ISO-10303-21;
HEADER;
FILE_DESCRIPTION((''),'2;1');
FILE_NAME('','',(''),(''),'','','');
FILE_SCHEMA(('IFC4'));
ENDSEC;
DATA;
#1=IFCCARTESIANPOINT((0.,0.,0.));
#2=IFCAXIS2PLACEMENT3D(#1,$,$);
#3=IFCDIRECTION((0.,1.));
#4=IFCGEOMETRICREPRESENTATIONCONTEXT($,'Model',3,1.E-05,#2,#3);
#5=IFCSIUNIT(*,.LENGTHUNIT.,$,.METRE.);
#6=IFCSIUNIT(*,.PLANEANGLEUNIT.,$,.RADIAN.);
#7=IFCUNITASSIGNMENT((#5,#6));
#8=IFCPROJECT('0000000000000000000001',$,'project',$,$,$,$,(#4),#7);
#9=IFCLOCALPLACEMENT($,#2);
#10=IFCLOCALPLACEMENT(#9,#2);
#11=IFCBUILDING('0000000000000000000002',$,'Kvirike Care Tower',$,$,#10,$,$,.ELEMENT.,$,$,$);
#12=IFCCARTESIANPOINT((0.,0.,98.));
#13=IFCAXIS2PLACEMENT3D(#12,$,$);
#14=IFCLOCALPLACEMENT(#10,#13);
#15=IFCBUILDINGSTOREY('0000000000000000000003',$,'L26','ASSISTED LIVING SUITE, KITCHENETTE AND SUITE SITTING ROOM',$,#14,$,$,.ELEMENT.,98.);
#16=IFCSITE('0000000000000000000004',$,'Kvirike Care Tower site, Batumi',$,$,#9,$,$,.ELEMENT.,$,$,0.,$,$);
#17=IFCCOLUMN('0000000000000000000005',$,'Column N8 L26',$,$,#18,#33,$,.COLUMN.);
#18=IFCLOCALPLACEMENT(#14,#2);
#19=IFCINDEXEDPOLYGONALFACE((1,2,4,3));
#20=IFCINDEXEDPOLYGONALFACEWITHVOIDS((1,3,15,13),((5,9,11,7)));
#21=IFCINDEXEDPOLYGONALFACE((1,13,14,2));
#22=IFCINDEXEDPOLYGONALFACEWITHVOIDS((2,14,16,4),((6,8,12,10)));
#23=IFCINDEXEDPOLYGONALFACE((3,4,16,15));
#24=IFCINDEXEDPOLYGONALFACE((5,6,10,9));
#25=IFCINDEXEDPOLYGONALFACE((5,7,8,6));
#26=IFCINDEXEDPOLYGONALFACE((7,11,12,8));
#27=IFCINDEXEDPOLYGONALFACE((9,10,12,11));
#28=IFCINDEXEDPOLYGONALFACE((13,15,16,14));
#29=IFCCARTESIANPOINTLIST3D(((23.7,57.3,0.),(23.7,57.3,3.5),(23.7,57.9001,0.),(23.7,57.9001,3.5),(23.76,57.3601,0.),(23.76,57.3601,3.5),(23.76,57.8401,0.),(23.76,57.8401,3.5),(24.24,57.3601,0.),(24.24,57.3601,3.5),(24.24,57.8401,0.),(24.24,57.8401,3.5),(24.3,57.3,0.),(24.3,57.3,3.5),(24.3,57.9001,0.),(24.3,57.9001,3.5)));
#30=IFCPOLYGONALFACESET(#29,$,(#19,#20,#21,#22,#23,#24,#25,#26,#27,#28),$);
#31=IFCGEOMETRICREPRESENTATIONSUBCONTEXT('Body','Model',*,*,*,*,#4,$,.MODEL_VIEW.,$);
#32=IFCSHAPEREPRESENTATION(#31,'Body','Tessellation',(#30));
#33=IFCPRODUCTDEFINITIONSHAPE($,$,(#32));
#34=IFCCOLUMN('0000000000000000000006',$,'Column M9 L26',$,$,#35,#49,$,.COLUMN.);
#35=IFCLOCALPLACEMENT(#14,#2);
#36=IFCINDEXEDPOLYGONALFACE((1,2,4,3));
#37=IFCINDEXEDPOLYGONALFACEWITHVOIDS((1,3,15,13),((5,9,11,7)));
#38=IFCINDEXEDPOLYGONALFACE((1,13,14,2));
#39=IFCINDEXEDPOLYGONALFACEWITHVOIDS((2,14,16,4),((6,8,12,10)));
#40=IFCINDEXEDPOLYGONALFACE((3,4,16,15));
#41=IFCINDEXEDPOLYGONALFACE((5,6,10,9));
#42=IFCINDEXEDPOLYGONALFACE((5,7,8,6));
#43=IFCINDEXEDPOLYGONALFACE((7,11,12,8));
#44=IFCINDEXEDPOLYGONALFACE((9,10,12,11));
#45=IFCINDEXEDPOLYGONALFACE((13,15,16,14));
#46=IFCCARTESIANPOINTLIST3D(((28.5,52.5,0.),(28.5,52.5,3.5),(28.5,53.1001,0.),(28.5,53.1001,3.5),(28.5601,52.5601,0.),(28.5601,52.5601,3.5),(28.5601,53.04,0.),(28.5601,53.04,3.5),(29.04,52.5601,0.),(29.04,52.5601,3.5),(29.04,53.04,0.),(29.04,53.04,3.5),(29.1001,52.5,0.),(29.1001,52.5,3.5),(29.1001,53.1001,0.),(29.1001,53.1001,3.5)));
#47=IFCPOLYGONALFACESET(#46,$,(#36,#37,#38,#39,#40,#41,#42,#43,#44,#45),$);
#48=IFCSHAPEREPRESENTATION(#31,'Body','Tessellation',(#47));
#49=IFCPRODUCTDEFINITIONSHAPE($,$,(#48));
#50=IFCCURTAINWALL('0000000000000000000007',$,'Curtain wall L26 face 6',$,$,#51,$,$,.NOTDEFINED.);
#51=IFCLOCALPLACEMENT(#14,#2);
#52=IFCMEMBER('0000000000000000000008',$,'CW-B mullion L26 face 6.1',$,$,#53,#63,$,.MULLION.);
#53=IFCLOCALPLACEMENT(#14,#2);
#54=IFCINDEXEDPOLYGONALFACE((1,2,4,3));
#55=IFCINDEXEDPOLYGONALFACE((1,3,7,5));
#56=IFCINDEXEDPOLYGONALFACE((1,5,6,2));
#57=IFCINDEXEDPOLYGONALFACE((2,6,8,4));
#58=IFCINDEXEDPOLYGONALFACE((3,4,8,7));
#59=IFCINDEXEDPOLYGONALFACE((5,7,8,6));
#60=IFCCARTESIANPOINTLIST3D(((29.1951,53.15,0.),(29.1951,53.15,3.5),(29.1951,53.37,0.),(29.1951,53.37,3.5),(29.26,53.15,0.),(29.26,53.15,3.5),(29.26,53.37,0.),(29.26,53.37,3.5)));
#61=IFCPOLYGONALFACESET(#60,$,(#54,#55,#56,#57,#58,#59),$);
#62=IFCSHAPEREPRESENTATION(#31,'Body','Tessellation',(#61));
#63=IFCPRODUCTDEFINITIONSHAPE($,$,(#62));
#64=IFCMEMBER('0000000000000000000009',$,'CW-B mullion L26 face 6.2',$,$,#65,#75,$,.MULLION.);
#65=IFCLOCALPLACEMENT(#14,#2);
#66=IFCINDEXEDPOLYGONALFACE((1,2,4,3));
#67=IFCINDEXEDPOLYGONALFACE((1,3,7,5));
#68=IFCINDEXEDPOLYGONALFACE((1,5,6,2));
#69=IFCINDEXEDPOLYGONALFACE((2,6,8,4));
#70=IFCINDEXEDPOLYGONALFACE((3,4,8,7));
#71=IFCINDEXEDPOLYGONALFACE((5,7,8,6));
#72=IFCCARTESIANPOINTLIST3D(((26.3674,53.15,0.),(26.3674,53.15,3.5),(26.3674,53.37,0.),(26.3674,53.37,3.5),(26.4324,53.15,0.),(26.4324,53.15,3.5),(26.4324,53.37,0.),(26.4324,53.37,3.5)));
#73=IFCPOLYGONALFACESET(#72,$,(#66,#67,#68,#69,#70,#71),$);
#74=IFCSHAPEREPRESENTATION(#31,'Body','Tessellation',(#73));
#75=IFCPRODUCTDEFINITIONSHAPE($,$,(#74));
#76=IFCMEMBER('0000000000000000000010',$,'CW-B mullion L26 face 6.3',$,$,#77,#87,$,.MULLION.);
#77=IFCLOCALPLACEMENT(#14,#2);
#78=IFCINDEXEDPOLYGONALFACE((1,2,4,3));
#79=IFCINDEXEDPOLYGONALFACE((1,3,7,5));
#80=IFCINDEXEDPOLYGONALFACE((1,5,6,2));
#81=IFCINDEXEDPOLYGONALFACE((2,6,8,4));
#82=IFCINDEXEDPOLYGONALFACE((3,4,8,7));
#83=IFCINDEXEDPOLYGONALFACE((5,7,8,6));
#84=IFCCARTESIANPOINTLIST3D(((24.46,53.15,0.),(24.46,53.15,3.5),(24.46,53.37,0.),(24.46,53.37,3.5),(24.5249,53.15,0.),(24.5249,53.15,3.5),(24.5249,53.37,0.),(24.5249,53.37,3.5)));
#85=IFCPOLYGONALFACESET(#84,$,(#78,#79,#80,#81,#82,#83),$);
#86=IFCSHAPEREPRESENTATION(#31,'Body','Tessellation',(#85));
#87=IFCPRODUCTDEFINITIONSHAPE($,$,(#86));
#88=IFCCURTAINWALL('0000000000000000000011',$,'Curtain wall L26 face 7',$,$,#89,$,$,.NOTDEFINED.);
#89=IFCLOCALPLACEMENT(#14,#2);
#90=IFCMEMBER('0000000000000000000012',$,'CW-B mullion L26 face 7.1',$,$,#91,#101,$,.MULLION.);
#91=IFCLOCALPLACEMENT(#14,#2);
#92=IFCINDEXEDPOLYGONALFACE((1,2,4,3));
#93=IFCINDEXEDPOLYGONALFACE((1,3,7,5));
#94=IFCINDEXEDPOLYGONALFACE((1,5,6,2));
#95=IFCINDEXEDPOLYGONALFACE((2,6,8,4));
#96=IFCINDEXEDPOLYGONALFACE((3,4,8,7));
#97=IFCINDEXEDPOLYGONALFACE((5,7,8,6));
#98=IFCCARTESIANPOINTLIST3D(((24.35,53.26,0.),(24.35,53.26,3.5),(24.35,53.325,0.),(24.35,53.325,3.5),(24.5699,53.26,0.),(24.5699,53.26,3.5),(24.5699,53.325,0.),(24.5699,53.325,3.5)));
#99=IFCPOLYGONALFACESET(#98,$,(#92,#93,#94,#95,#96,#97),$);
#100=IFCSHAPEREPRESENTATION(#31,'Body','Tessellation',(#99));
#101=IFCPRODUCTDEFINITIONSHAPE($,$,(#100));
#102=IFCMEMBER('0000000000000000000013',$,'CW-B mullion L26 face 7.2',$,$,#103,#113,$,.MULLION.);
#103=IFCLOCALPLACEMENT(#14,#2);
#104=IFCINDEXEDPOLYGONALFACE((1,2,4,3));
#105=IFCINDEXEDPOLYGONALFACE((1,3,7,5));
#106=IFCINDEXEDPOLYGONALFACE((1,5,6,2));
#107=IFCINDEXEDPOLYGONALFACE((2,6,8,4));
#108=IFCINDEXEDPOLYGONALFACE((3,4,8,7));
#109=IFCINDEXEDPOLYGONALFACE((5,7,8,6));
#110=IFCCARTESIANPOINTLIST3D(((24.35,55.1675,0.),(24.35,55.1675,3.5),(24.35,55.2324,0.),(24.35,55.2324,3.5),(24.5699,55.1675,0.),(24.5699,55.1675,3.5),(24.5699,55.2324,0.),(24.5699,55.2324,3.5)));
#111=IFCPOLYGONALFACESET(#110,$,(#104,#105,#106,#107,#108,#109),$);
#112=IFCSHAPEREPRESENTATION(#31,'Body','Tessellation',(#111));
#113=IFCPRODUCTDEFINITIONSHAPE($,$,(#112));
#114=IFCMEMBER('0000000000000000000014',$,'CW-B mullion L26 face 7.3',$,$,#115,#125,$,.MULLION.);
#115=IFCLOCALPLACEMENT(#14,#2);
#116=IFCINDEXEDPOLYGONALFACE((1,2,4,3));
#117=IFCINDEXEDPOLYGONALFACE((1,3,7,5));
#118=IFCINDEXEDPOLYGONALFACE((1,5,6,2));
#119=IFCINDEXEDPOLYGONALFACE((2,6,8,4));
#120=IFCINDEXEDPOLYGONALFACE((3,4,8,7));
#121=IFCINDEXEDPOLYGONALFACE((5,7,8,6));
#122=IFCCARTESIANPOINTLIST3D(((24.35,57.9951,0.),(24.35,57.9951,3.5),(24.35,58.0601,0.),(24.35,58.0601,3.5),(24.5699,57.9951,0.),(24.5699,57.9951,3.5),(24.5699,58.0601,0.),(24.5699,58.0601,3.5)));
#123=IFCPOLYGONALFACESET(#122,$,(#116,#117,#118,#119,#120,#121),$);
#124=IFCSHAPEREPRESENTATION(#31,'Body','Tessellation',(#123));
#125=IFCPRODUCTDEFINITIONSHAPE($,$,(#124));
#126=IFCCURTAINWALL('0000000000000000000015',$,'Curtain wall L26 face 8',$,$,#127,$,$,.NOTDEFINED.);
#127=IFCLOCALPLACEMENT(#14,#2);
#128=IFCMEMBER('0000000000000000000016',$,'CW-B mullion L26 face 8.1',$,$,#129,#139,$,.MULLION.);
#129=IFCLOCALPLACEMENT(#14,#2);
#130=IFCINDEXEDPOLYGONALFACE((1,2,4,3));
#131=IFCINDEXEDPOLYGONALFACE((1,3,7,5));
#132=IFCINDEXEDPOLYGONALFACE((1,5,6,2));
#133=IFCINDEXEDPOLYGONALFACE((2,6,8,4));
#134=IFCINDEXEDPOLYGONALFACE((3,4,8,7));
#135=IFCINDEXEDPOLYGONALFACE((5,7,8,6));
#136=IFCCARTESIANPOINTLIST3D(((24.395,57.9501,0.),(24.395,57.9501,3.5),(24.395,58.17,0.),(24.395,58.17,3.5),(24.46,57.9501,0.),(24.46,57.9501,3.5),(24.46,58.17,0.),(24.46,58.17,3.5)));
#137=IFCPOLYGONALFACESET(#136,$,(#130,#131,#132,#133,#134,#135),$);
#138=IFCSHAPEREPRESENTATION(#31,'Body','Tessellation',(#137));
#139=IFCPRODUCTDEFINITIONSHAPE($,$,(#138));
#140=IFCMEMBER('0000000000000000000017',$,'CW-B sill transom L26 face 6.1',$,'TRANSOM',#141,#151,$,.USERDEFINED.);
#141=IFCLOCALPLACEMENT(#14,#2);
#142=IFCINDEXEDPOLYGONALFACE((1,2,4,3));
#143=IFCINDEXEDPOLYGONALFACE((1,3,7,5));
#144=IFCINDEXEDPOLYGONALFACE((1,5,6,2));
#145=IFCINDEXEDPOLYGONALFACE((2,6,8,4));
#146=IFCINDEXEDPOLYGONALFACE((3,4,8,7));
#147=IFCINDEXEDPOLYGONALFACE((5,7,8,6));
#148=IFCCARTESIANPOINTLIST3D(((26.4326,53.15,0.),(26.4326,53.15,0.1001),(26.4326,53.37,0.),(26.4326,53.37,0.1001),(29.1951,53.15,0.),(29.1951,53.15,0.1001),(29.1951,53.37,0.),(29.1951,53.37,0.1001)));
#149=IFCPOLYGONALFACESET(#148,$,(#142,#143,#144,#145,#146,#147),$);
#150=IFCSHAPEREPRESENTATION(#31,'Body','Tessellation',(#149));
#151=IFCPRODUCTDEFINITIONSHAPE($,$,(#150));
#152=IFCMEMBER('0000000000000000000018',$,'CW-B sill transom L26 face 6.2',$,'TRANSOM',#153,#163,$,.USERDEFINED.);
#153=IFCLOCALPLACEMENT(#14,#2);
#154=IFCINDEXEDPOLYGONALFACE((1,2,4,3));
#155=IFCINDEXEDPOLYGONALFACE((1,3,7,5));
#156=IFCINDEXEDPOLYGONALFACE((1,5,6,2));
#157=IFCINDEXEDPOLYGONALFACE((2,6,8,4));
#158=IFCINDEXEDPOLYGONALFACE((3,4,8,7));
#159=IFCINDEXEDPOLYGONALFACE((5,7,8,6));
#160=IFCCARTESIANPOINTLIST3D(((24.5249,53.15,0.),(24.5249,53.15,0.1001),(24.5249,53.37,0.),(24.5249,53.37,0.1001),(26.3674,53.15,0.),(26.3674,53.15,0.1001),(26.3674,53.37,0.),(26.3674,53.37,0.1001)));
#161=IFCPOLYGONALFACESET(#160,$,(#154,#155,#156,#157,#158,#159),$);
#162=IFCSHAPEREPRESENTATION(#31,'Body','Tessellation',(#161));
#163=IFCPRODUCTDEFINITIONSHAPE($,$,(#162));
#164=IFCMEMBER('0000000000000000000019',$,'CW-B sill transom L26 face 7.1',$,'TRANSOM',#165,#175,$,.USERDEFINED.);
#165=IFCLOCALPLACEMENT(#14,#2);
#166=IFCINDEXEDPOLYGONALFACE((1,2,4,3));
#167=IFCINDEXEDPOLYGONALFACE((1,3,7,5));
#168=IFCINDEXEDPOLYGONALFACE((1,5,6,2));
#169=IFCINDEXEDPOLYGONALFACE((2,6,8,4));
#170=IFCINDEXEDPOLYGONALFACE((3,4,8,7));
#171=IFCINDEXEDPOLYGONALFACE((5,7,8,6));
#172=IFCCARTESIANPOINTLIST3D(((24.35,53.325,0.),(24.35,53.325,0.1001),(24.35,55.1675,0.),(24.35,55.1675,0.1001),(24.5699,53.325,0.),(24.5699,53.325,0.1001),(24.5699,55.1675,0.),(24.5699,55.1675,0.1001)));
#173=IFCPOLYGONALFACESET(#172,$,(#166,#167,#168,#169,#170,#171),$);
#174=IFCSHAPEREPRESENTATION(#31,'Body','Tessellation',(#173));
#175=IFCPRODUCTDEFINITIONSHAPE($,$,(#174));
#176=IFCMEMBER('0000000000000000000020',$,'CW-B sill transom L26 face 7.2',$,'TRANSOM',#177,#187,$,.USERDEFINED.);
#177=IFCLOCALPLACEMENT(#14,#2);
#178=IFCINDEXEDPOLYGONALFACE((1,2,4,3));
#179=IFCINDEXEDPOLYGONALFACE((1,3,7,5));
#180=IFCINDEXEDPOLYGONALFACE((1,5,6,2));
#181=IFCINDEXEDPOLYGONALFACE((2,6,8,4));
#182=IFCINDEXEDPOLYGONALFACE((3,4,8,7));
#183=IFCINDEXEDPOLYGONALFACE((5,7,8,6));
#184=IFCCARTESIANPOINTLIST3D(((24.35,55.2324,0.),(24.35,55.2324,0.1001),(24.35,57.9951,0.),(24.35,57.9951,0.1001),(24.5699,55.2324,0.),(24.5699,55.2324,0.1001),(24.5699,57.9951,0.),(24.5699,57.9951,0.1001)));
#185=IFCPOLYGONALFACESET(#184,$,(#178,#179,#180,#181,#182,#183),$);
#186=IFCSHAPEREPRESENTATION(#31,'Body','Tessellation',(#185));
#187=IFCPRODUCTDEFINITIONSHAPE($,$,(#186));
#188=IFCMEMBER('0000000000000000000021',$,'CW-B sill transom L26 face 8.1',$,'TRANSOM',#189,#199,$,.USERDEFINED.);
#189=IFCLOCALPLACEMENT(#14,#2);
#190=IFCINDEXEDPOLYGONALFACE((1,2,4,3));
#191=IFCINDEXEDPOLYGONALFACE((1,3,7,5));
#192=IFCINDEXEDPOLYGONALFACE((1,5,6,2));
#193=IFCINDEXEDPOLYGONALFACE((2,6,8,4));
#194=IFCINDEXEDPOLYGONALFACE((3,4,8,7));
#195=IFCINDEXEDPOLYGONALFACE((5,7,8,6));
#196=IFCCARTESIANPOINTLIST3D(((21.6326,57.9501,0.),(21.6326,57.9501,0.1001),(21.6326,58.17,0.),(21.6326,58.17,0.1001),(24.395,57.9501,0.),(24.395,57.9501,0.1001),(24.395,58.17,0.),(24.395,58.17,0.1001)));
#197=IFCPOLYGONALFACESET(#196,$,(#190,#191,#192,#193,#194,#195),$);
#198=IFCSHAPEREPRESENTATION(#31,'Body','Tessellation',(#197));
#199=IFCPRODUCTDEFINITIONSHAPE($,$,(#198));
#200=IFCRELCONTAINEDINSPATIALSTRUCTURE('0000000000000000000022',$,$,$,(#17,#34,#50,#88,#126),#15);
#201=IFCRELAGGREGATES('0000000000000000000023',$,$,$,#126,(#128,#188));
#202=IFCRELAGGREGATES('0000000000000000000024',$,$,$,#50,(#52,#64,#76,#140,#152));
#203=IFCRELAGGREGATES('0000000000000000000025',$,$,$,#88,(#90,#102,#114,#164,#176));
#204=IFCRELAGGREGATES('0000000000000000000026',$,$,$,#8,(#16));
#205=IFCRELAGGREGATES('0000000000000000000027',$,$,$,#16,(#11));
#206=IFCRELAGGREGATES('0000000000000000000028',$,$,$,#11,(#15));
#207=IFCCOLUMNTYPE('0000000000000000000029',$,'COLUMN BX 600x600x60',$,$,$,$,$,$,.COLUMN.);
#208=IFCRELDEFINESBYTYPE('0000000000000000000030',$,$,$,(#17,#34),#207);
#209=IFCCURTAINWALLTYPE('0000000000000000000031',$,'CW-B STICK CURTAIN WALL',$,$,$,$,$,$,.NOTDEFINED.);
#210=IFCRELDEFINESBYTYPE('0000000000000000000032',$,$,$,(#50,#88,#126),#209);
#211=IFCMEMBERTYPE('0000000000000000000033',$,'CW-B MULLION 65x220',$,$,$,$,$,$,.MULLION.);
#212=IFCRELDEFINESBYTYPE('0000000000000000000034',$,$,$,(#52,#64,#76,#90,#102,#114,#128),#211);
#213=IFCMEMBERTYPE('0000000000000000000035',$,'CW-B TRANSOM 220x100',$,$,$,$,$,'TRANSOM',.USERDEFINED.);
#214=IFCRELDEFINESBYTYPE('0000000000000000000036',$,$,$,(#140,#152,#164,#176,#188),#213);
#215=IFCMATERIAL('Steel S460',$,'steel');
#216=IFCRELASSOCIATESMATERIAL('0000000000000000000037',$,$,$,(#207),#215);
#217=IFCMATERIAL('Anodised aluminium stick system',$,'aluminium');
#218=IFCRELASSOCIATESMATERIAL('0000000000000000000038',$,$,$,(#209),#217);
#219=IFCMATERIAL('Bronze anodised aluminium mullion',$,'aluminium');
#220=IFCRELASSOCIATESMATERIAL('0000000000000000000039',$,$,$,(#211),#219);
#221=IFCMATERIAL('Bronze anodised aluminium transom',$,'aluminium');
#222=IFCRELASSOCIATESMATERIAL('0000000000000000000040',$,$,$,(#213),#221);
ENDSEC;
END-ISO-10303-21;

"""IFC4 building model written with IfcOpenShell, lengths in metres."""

from ifc_helpers import new_model, si_unit, direction, frame, origin, origin_2d, place, context, subcontext, project, spatial, rectangle, hollow_rectangle, extrude, material, material_profile, profile_set, type_object, element, aggregate, save


model = new_model("IFC4")

# Units and contexts
model_context = context("Model", 3, precision=1e-05, world=origin(), true_north=direction((0.0, 1.0)))
body_context = subcontext(model_context, "Body", "Model", "MODEL_VIEW")
ifc_project = project(units=[si_unit("LENGTHUNIT", "METRE"), si_unit("PLANEANGLEUNIT", "RADIAN")], contexts=[model_context])

# Site, building, storey
site_placement = place(None, origin())
site = spatial("IfcSite", under=ifc_project, at=site_placement, Name="Kvirike Care Tower site, Batumi", CompositionType="ELEMENT", RefElevation=0.0)
building_placement = place(site_placement, origin())
building = spatial("IfcBuilding", under=site, at=building_placement, Name="Kvirike Care Tower", CompositionType="ELEMENT")
storey_placement = place(building_placement, frame((0.0, 0.0, 98.0)))
storey = spatial("IfcBuildingStorey", under=building, at=storey_placement, Name="L26", Description="ASSISTED LIVING SUITE, KITCHENETTE AND SUITE SITTING ROOM", CompositionType="ELEMENT", Elevation=98.0)

# Columns
ifc_material_1 = material(Name="Steel S460", Category="steel")
ifc_material_profile_1 = material_profile(ifc_material_1, hollow_rectangle(XDim=0.6001, YDim=0.6001, WallThickness=0.0601, at=origin_2d()), Name="BX 600x600x60")
ifc_profile_set_1 = profile_set([ifc_material_profile_1], Name="Steel S460")
column_type = type_object("IfcColumnType", Name="COLUMN BX 600x600x60", PredefinedType="COLUMN", material=ifc_profile_set_1)
for number, where, z_axis, x_axis, name in (
    (1, (24.0, 57.6001, 0.0), (0.0, 0.0, 1.0), (0.0, 1.0, 0.0), "Column N8 L26"),
    (2, (28.8, 52.8, 0.0), (0.0, 0.0, 1.0), (0.0, 1.0, 0.0), "Column M9 L26"),
):
    element("IfcColumn", number, at=place(storey_placement, frame(where, z_axis=z_axis, x_axis=x_axis)), inside=storey, type_object=column_type, Name=name, PredefinedType="COLUMN", context=body_context, shape_type="SweptSolid", body=[
        extrude(hollow_rectangle(XDim=0.6001, YDim=0.6001, WallThickness=0.0601, at=origin_2d()), origin(), (0.0, 0.0, 1.0), 3.5),
    ])

# Curtain walls, members
ifc_material_2 = material(Name="Anodised aluminium stick system", Category="aluminium")
curtain_wall_type = type_object("IfcCurtainWallType", Name="CW-B STICK CURTAIN WALL", PredefinedType="NOTDEFINED", material=ifc_material_2)
curtain_wall_1_placement = place(storey_placement, origin())
curtain_wall_1 = element("IfcCurtainWall", 3, at=curtain_wall_1_placement, inside=storey, type_object=curtain_wall_type, Name="Curtain wall L26 face 6", PredefinedType="NOTDEFINED")
ifc_material_3 = material(Name="Bronze anodised aluminium mullion", Category="aluminium")
ifc_material_profile_2 = material_profile(ifc_material_3, rectangle(XDim=0.0649, YDim=0.22, at=origin_2d()), Name="CW-B MULLION 65x220")
ifc_profile_set_2 = profile_set([ifc_material_profile_2], Name="Bronze anodised aluminium mullion")
member_type_1 = type_object("IfcMemberType", Name="CW-B MULLION 65x220", PredefinedType="MULLION", material=ifc_profile_set_2)
member_1_placement = place(storey_placement, frame((29.2275, 53.26, 0.0), z_axis=(0.0, 0.0, 1.0), x_axis=(-1.0, 0.0, 0.0)))
member_1 = element("IfcMember", 4, at=member_1_placement, type_object=member_type_1, Name="CW-B mullion L26 face 6.1", PredefinedType="MULLION", context=body_context, shape_type="SweptSolid", body=[
    extrude(rectangle(XDim=0.0649, YDim=0.22, at=origin_2d()), origin(), (0.0, 0.0, 1.0), 3.5),
])
member_2_placement = place(storey_placement, frame((26.3999, 53.26, 0.0), z_axis=(0.0, 0.0, 1.0), x_axis=(-1.0, 0.0, 0.0)))
member_2 = element("IfcMember", 5, at=member_2_placement, type_object=member_type_1, Name="CW-B mullion L26 face 6.2", PredefinedType="MULLION", context=body_context, shape_type="SweptSolid", body=[
    extrude(rectangle(XDim=0.0649, YDim=0.22, at=origin_2d()), origin(), (0.0, 0.0, 1.0), 3.5),
])
member_3_placement = place(storey_placement, frame((24.4924, 53.26, 0.0), z_axis=(0.0, 0.0, 1.0), x_axis=(-1.0, 0.0, 0.0)))
member_3 = element("IfcMember", 6, at=member_3_placement, type_object=member_type_1, Name="CW-B mullion L26 face 6.3", PredefinedType="MULLION", context=body_context, shape_type="SweptSolid", body=[
    extrude(rectangle(XDim=0.0649, YDim=0.22, at=origin_2d()), origin(), (0.0, 0.0, 1.0), 3.5),
])
curtain_wall_2_placement = place(storey_placement, origin())
curtain_wall_2 = element("IfcCurtainWall", 7, at=curtain_wall_2_placement, inside=storey, type_object=curtain_wall_type, Name="Curtain wall L26 face 7", PredefinedType="NOTDEFINED")
member_4_placement = place(storey_placement, frame((24.46, 53.2925, 0.0), z_axis=(0.0, 0.0, 1.0), x_axis=(0.0, 1.0, 0.0)))
member_4 = element("IfcMember", 8, at=member_4_placement, type_object=member_type_1, Name="CW-B mullion L26 face 7.1", PredefinedType="MULLION", context=body_context, shape_type="SweptSolid", body=[
    extrude(rectangle(XDim=0.0649, YDim=0.22, at=origin_2d()), origin(), (0.0, 0.0, 1.0), 3.5),
])
member_5_placement = place(storey_placement, frame((24.46, 55.2, 0.0), z_axis=(0.0, 0.0, 1.0), x_axis=(0.0, 1.0, 0.0)))
member_5 = element("IfcMember", 9, at=member_5_placement, type_object=member_type_1, Name="CW-B mullion L26 face 7.2", PredefinedType="MULLION", context=body_context, shape_type="SweptSolid", body=[
    extrude(rectangle(XDim=0.0649, YDim=0.22, at=origin_2d()), origin(), (0.0, 0.0, 1.0), 3.5),
])
member_6_placement = place(storey_placement, frame((24.46, 58.0276, 0.0), z_axis=(0.0, 0.0, 1.0), x_axis=(0.0, 1.0, 0.0)))
member_6 = element("IfcMember", 10, at=member_6_placement, type_object=member_type_1, Name="CW-B mullion L26 face 7.3", PredefinedType="MULLION", context=body_context, shape_type="SweptSolid", body=[
    extrude(rectangle(XDim=0.0649, YDim=0.22, at=origin_2d()), origin(), (0.0, 0.0, 1.0), 3.5),
])

# Curtain wall, member
curtain_wall_3_placement = place(storey_placement, origin())
curtain_wall_3 = element("IfcCurtainWall", 11, at=curtain_wall_3_placement, inside=storey, type_object=curtain_wall_type, Name="Curtain wall L26 face 8", PredefinedType="NOTDEFINED")
member_7_placement = place(storey_placement, frame((24.4275, 58.0601, 0.0), z_axis=(0.0, 0.0, 1.0), x_axis=(-1.0, 0.0, 0.0)))
member_7 = element("IfcMember", 12, at=member_7_placement, type_object=member_type_1, Name="CW-B mullion L26 face 8.1", PredefinedType="MULLION", context=body_context, shape_type="SweptSolid", body=[
    extrude(rectangle(XDim=0.0649, YDim=0.22, at=origin_2d()), origin(), (0.0, 0.0, 1.0), 3.5),
])

# Members
ifc_material_4 = material(Name="Bronze anodised aluminium transom", Category="aluminium")
ifc_material_profile_3 = material_profile(ifc_material_4, rectangle(XDim=0.22, YDim=0.1001, at=origin_2d()), Name="CW-B TRANSOM 220x100")
ifc_profile_set_3 = profile_set([ifc_material_profile_3], Name="Bronze anodised aluminium transom")
member_type_2 = type_object("IfcMemberType", Name="CW-B TRANSOM 220x100", ElementType="TRANSOM", PredefinedType="USERDEFINED", material=ifc_profile_set_3)
member_8_placement = place(storey_placement, frame((29.1951, 53.26, 0.05), z_axis=(-1.0, 0.0, 0.0), x_axis=(0.0, -1.0, 0.0)))
member_8 = element("IfcMember", 13, at=member_8_placement, type_object=member_type_2, Name="CW-B sill transom L26 face 6.1", ObjectType="TRANSOM", PredefinedType="USERDEFINED", context=body_context, shape_type="SweptSolid", body=[
    extrude(rectangle(XDim=0.22, YDim=0.1001, at=origin_2d()), origin(), (0.0, 0.0, 1.0), 2.7625),
])
member_9_placement = place(storey_placement, frame((26.3674, 53.26, 0.05), z_axis=(-1.0, 0.0, 0.0), x_axis=(0.0, -1.0, 0.0)))
member_9 = element("IfcMember", 14, at=member_9_placement, type_object=member_type_2, Name="CW-B sill transom L26 face 6.2", ObjectType="TRANSOM", PredefinedType="USERDEFINED", context=body_context, shape_type="SweptSolid", body=[
    extrude(rectangle(XDim=0.22, YDim=0.1001, at=origin_2d()), origin(), (0.0, 0.0, 1.0), 1.8425),
])
member_10_placement = place(storey_placement, frame((24.46, 53.325, 0.05), z_axis=(0.0, 1.0, 0.0), x_axis=(-1.0, 0.0, 0.0)))
member_10 = element("IfcMember", 15, at=member_10_placement, type_object=member_type_2, Name="CW-B sill transom L26 face 7.1", ObjectType="TRANSOM", PredefinedType="USERDEFINED", context=body_context, shape_type="SweptSolid", body=[
    extrude(rectangle(XDim=0.22, YDim=0.1001, at=origin_2d()), origin(), (0.0, 0.0, 1.0), 1.8425),
])
member_11_placement = place(storey_placement, frame((24.46, 55.2324, 0.05), z_axis=(0.0, 1.0, 0.0), x_axis=(-1.0, 0.0, 0.0)))
member_11 = element("IfcMember", 16, at=member_11_placement, type_object=member_type_2, Name="CW-B sill transom L26 face 7.2", ObjectType="TRANSOM", PredefinedType="USERDEFINED", context=body_context, shape_type="SweptSolid", body=[
    extrude(rectangle(XDim=0.22, YDim=0.1001, at=origin_2d()), origin(), (0.0, 0.0, 1.0), 2.7627),
])
member_12_placement = place(storey_placement, frame((24.395, 58.0601, 0.05), z_axis=(-1.0, 0.0, 0.0), x_axis=(0.0, -1.0, 0.0)))
member_12 = element("IfcMember", 17, at=member_12_placement, type_object=member_type_2, Name="CW-B sill transom L26 face 8.1", ObjectType="TRANSOM", PredefinedType="USERDEFINED", context=body_context, shape_type="SweptSolid", body=[
    extrude(rectangle(XDim=0.22, YDim=0.1001, at=origin_2d()), origin(), (0.0, 0.0, 1.0), 2.7625),
])
aggregate(curtain_wall_3, [member_7, member_12])

aggregate(curtain_wall_1, [member_1, member_2, member_3, member_8, member_9])
aggregate(curtain_wall_2, [member_4, member_5, member_6, member_10, member_11])

save(model, "model.ifc")
